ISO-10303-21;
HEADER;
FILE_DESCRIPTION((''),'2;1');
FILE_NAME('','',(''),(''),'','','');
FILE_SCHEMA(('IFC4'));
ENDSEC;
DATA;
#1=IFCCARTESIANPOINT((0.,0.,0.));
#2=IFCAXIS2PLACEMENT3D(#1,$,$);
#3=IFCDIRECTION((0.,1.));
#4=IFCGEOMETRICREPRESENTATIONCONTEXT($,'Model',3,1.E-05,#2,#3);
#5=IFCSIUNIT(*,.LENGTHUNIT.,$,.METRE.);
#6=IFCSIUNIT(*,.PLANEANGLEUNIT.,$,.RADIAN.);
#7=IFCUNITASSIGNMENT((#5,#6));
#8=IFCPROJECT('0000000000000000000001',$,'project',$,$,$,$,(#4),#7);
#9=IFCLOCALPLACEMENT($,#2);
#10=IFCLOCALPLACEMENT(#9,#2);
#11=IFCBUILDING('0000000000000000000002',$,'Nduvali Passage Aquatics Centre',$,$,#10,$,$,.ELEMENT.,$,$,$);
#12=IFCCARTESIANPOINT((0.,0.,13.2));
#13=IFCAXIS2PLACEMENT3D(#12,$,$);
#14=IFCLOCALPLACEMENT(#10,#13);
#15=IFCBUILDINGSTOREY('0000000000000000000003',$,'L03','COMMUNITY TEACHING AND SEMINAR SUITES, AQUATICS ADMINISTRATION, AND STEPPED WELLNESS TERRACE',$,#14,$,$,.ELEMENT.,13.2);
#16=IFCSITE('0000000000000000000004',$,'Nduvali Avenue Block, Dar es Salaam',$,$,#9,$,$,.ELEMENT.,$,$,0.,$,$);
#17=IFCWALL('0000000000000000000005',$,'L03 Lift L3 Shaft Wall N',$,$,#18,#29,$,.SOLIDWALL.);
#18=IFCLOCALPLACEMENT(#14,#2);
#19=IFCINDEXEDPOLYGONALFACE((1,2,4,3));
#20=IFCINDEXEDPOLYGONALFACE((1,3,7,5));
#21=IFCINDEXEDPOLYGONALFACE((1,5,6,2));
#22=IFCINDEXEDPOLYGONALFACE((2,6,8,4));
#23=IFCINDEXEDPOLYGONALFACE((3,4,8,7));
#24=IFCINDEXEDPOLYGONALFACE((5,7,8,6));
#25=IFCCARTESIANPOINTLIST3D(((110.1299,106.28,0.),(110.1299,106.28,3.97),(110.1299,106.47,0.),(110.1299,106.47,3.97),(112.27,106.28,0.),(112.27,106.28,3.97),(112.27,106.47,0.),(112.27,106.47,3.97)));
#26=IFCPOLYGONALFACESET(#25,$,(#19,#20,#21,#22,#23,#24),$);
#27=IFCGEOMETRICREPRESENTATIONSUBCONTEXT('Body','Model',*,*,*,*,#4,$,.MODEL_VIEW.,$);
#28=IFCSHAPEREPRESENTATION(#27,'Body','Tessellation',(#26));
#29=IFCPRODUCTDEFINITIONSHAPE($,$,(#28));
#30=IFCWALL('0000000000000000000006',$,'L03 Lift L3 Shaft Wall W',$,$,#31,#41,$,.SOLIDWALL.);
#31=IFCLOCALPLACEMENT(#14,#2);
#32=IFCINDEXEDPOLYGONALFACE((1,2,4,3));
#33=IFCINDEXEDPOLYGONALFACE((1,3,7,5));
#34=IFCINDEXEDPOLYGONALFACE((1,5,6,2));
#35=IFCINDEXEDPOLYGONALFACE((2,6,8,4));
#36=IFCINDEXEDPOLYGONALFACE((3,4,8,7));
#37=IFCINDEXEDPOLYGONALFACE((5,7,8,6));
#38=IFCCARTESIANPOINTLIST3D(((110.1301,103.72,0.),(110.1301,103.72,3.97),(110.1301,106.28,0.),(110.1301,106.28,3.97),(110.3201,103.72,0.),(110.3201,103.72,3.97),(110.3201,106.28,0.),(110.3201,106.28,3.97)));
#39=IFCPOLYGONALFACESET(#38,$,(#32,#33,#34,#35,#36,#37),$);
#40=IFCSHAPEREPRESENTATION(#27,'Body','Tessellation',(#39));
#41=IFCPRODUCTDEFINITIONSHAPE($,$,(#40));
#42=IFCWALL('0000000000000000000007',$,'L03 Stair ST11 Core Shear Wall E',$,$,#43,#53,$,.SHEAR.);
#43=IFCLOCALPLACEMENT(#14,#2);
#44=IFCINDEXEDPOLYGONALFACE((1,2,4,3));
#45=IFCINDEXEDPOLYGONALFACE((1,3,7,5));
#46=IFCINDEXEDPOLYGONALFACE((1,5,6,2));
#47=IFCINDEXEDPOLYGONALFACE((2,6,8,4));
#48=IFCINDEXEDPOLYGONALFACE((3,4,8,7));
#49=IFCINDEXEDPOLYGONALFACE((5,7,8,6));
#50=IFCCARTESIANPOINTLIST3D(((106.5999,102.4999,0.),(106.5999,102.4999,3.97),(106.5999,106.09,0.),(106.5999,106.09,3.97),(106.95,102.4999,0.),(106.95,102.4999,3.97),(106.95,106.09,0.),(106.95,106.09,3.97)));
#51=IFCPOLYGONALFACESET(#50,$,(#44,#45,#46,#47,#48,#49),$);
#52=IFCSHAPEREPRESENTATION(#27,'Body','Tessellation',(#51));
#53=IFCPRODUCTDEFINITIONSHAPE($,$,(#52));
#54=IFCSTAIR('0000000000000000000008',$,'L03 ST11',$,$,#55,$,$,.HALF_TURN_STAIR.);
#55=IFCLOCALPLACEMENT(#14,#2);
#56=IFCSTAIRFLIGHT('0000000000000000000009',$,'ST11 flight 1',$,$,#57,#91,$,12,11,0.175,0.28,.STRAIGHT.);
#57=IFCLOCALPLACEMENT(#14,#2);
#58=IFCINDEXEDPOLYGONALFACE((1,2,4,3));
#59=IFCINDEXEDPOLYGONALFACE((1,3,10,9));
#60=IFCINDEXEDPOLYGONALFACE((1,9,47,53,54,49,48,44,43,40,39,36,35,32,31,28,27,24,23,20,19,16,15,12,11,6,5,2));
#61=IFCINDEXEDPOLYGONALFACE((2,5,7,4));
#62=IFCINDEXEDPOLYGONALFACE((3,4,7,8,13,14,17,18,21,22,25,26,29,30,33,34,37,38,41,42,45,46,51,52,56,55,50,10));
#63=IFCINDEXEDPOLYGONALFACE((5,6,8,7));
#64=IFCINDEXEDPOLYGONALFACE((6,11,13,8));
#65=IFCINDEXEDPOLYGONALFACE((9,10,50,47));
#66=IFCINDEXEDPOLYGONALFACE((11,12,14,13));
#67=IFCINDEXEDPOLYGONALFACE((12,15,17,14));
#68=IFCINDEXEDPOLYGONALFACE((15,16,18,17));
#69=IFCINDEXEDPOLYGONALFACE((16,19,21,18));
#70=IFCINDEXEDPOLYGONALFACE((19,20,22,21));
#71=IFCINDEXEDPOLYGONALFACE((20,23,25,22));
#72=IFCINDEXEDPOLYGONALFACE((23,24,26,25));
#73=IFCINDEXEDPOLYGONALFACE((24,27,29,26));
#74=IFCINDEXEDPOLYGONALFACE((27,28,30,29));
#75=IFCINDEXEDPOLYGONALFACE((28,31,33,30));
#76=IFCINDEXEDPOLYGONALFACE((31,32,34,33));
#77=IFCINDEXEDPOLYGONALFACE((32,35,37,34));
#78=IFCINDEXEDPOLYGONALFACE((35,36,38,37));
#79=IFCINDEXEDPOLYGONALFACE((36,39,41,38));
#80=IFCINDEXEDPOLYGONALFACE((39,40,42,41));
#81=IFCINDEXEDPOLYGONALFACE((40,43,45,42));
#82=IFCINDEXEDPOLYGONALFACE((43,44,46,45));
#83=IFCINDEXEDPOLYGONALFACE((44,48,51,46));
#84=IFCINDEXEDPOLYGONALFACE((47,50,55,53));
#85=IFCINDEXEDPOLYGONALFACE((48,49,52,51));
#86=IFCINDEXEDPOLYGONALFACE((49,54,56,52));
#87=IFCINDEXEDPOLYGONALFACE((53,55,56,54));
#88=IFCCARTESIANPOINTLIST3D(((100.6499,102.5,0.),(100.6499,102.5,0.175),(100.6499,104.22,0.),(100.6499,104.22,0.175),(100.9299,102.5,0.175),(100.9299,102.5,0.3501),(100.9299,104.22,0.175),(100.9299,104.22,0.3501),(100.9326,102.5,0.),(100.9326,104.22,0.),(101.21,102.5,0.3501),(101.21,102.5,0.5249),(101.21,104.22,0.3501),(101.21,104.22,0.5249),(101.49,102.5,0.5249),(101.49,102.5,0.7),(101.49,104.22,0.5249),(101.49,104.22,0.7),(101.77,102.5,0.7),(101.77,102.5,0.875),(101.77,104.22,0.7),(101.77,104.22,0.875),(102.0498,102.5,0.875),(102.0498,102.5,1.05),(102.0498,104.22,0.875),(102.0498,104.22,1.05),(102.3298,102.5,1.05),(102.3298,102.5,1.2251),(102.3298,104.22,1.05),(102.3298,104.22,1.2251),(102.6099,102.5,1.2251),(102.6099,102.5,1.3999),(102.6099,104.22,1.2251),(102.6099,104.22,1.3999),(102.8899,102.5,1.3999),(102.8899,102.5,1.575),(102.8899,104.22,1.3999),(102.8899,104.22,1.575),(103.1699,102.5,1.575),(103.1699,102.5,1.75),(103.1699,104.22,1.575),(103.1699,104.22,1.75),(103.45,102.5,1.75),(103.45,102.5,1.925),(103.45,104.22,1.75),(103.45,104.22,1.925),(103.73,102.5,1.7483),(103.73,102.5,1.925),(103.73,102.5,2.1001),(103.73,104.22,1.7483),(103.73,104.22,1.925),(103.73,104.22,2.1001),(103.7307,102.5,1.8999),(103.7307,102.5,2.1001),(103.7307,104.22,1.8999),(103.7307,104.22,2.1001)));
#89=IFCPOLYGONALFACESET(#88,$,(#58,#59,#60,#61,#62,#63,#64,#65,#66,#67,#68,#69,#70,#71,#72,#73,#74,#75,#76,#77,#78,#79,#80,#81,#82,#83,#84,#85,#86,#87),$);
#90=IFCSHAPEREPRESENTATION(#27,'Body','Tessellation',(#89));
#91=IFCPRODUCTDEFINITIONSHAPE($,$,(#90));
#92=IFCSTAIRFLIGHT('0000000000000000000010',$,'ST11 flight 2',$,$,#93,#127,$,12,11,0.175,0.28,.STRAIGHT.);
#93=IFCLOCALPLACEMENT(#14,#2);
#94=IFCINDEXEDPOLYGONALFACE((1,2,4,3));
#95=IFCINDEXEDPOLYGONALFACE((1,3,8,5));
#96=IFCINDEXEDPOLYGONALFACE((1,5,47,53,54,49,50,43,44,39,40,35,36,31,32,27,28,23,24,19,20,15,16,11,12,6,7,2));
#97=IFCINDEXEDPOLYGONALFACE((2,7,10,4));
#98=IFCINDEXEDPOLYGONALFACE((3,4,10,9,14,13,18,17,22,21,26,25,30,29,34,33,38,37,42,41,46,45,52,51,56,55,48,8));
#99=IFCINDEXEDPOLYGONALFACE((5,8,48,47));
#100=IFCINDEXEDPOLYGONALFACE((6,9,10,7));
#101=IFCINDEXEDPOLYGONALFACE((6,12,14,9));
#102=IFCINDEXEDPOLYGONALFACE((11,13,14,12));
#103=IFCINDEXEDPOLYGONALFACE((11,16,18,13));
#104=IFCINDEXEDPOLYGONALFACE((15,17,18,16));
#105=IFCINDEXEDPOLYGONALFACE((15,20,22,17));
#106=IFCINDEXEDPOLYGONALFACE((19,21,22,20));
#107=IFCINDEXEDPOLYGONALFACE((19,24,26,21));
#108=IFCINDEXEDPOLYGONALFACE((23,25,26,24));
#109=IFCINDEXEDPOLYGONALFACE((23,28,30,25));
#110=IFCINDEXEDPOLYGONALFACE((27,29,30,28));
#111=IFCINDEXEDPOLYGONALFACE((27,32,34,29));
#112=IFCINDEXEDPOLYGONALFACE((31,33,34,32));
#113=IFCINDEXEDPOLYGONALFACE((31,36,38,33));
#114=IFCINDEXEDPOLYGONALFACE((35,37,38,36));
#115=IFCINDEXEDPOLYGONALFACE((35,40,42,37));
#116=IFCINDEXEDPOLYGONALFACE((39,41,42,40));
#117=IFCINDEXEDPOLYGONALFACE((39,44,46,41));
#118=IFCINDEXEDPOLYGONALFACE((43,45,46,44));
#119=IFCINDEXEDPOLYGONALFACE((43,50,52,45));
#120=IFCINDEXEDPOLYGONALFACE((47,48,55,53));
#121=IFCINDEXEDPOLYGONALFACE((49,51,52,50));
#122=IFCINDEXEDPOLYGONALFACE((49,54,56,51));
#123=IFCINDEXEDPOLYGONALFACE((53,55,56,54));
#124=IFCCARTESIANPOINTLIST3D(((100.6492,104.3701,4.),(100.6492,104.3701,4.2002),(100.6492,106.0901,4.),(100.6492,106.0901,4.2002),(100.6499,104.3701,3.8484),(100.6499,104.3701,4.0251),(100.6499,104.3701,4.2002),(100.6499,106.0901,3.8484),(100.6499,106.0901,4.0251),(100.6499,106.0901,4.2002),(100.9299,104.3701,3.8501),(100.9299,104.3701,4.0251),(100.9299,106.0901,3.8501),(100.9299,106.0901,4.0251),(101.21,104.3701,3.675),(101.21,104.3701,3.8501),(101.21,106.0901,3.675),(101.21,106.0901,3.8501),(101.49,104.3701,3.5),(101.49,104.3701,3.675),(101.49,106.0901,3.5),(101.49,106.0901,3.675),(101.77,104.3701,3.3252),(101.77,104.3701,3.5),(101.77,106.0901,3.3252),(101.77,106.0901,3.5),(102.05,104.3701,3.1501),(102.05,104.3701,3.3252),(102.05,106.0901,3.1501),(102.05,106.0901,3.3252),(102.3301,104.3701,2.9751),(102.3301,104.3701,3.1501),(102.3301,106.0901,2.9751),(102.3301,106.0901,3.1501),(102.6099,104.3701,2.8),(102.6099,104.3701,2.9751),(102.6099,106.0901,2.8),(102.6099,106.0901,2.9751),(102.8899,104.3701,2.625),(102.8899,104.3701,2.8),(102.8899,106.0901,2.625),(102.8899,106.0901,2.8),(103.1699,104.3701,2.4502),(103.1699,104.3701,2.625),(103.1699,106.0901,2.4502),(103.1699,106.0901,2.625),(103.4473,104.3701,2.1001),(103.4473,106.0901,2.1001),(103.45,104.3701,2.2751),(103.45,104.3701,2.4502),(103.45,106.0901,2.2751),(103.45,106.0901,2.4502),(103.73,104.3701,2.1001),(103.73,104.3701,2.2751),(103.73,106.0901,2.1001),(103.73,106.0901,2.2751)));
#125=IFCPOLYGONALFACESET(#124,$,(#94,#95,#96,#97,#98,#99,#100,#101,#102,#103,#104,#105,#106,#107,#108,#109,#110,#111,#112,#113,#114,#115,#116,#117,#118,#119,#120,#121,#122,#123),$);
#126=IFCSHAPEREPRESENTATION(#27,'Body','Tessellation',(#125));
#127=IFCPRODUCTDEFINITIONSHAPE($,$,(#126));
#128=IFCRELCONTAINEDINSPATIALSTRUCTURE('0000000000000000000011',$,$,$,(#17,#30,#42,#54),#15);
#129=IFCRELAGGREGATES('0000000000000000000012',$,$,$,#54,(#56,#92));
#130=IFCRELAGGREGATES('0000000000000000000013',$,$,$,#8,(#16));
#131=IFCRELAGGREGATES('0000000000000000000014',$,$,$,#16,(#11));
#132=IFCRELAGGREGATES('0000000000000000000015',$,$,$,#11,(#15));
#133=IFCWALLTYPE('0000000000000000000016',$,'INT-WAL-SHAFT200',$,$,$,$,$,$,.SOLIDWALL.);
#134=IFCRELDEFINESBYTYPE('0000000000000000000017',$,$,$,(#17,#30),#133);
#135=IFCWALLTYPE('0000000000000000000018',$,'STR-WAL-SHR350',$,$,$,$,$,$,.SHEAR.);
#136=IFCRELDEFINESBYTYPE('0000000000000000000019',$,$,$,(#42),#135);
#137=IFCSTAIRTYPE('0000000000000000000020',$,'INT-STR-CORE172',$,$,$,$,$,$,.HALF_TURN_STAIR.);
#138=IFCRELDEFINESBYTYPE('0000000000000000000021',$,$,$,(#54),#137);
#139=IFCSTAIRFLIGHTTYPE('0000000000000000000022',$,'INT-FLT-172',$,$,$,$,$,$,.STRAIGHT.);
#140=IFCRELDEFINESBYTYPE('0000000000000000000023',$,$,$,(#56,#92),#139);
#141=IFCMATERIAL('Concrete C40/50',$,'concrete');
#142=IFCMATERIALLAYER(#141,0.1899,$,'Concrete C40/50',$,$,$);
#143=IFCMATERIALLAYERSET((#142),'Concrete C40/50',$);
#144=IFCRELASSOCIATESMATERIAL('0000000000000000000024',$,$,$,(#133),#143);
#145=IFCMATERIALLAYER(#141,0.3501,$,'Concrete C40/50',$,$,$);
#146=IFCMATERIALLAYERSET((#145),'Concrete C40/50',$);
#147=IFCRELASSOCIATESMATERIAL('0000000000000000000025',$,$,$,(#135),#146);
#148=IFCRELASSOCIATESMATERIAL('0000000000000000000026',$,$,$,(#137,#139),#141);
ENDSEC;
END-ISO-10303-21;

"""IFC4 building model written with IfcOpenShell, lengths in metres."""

from ifc_helpers import new_model, si_unit, direction, frame, frame_2d, origin, place, context, subcontext, project, spatial, polyline, rectangle, outline, extrude, material, layer, layer_set, type_object, element, aggregate, save


model = new_model("IFC4")

# Units and contexts
model_context = context("Model", 3, precision=1e-05, world=origin(), true_north=direction((0.0, 1.0)))
body_context = subcontext(model_context, "Body", "Model", "MODEL_VIEW")
ifc_project = project(units=[si_unit("LENGTHUNIT", "METRE"), si_unit("PLANEANGLEUNIT", "RADIAN")], contexts=[model_context])

# Site, building, storey
site_placement = place(None, origin())
site = spatial("IfcSite", under=ifc_project, at=site_placement, Name="Nduvali Avenue Block, Dar es Salaam", CompositionType="ELEMENT", RefElevation=0.0)
building_placement = place(site_placement, origin())
building = spatial("IfcBuilding", under=site, at=building_placement, Name="Nduvali Passage Aquatics Centre", CompositionType="ELEMENT")
storey_placement = place(building_placement, frame((0.0, 0.0, 13.2)))
storey = spatial("IfcBuildingStorey", under=building, at=storey_placement, Name="L03", Description="COMMUNITY TEACHING AND SEMINAR SUITES, AQUATICS ADMINISTRATION, AND STEPPED WELLNESS TERRACE", CompositionType="ELEMENT", Elevation=13.2)

# Shared definitions
ifc_material_1 = material(Name="Concrete C40/50", Category="concrete")

# Shared definitions
ifc_layer_1 = layer(ifc_material_1, 0.1899, Name="Concrete C40/50")
ifc_layer_set_1 = layer_set([ifc_layer_1], Name="Concrete C40/50")
wall_type_1 = type_object("IfcWallType", Name="INT-WAL-SHAFT200", PredefinedType="SOLIDWALL", material=ifc_layer_set_1)

# Walls
wall_1_placement = place(storey_placement, frame((112.27, 106.375, 0.0), z_axis=(0.0, 0.0, 1.0), x_axis=(-1.0, 0.0, 0.0)))
element("IfcWall", 1, at=wall_1_placement, inside=storey, type_object=wall_type_1, Name="L03 Lift L3 Shaft Wall N", PredefinedType="SOLIDWALL", context=body_context, shape_type="SweptSolid", body=[
    extrude(rectangle(XDim=2.1401, YDim=0.1899, at=frame_2d((1.0701, 0.0))), origin(), (0.0, 0.0, 1.0), 3.97),
])
wall_2_placement = place(storey_placement, frame((110.2251, 106.28, 0.0), z_axis=(0.0, 0.0, 1.0), x_axis=(0.0, -1.0, 0.0)))
element("IfcWall", 2, at=wall_2_placement, inside=storey, type_object=wall_type_1, Name="L03 Lift L3 Shaft Wall W", PredefinedType="SOLIDWALL", context=body_context, shape_type="SweptSolid", body=[
    extrude(rectangle(XDim=2.5601, YDim=0.1899, at=frame_2d((1.28, 0.0))), origin(), (0.0, 0.0, 1.0), 3.97),
])
ifc_layer_2 = layer(ifc_material_1, 0.3501, Name="Concrete C40/50")
ifc_layer_set_2 = layer_set([ifc_layer_2], Name="Concrete C40/50")
wall_type_2 = type_object("IfcWallType", Name="STR-WAL-SHR350", PredefinedType="SHEAR", material=ifc_layer_set_2)
wall_3_placement = place(storey_placement, frame((106.7749, 102.5, 0.0), z_axis=(0.0, 0.0, 1.0), x_axis=(0.0, 1.0, 0.0)))
element("IfcWall", 3, at=wall_3_placement, inside=storey, type_object=wall_type_2, Name="L03 Stair ST11 Core Shear Wall E", PredefinedType="SHEAR", context=body_context, shape_type="SweptSolid", body=[
    extrude(rectangle(XDim=3.5901, YDim=0.3501, at=frame_2d((1.7949, 0.0))), origin(), (0.0, 0.0, 1.0), 3.97),
])

# Stair, stair flights
stair_type = type_object("IfcStairType", Name="INT-STR-CORE172", PredefinedType="HALF_TURN_STAIR", material=ifc_material_1)
stair_placement = place(storey_placement, origin())
stair = element("IfcStair", 4, at=stair_placement, inside=storey, type_object=stair_type, Name="L03 ST11", PredefinedType="HALF_TURN_STAIR")
stair_flight_type = type_object("IfcStairFlightType", Name="INT-FLT-172", PredefinedType="STRAIGHT", material=ifc_material_1)
stair_flight_1_placement = place(storey_placement, frame((100.6499, 103.3601, 0.0), z_axis=(0.0, 0.0, 1.0), x_axis=(1.0, 0.0, 0.0)))
stair_flight_1 = element("IfcStairFlight", 5, at=stair_flight_1_placement, type_object=stair_flight_type, Name="ST11 flight 1", NumberOfRisers=12, NumberOfTreads=11, PredefinedType="STRAIGHT", RiserHeight=0.175, TreadLength=0.28, context=body_context, shape_type="SweptSolid", body=[
    extrude(outline(polyline([(0.0, 0.0), (0.0, 0.175), (0.28, 0.175), (0.28, 0.3501), (0.5601, 0.3501), (0.5601, 0.5249), (0.8401, 0.5249), (0.8401, 0.7), (1.1201, 0.7), (1.1201, 0.875), (1.3999, 0.875), (1.3999, 1.05), (1.6799, 1.05), (1.6799, 1.2251), (1.96, 1.2251), (1.96, 1.3999), (2.24, 1.3999), (2.24, 1.575), (2.52, 1.575), (2.52, 1.75), (2.8, 1.75), (2.8, 1.925), (3.0801, 1.925), (3.0801, 2.1001), (3.0808, 2.1001), (3.0808, 1.8999), (3.0801, 1.7483), (0.2827, 0.0), (0.0, 0.0)])), frame((0.0, 0.8599, 0.0), z_axis=(0.0, -1.0, 0.0), x_axis=(1.0, 0.0, 0.0)), (0.0, 0.0, 1.0), 1.72),
])
stair_flight_2_placement = place(storey_placement, frame((103.73, 105.23, 2.1001), z_axis=(0.0, 0.0, 1.0), x_axis=(-1.0, 0.0, 0.0)))
stair_flight_2 = element("IfcStairFlight", 6, at=stair_flight_2_placement, type_object=stair_flight_type, Name="ST11 flight 2", NumberOfRisers=12, NumberOfTreads=11, PredefinedType="STRAIGHT", RiserHeight=0.175, TreadLength=0.28, context=body_context, shape_type="SweptSolid", body=[
    extrude(outline(polyline([(0.0, 0.0), (0.0, 0.175), (0.28, 0.175), (0.28, 0.3501), (0.5601, 0.3501), (0.5601, 0.5249), (0.8401, 0.5249), (0.8401, 0.7), (1.1201, 0.7), (1.1201, 0.875), (1.3999, 0.875), (1.3999, 1.05), (1.6799, 1.05), (1.6799, 1.2251), (1.96, 1.2251), (1.96, 1.3999), (2.24, 1.3999), (2.24, 1.575), (2.52, 1.575), (2.52, 1.75), (2.8, 1.75), (2.8, 1.925), (3.0801, 1.925), (3.0801, 2.1001), (3.0808, 2.1001), (3.0808, 1.8999), (3.0801, 1.7483), (0.2827, 0.0), (0.0, 0.0)])), frame((0.0, 0.8599, 0.0), z_axis=(0.0, -1.0, 0.0), x_axis=(1.0, 0.0, 0.0)), (0.0, 0.0, 1.0), 1.72),
])
aggregate(stair, [stair_flight_1, stair_flight_2])

save(model, "model.ifc")
